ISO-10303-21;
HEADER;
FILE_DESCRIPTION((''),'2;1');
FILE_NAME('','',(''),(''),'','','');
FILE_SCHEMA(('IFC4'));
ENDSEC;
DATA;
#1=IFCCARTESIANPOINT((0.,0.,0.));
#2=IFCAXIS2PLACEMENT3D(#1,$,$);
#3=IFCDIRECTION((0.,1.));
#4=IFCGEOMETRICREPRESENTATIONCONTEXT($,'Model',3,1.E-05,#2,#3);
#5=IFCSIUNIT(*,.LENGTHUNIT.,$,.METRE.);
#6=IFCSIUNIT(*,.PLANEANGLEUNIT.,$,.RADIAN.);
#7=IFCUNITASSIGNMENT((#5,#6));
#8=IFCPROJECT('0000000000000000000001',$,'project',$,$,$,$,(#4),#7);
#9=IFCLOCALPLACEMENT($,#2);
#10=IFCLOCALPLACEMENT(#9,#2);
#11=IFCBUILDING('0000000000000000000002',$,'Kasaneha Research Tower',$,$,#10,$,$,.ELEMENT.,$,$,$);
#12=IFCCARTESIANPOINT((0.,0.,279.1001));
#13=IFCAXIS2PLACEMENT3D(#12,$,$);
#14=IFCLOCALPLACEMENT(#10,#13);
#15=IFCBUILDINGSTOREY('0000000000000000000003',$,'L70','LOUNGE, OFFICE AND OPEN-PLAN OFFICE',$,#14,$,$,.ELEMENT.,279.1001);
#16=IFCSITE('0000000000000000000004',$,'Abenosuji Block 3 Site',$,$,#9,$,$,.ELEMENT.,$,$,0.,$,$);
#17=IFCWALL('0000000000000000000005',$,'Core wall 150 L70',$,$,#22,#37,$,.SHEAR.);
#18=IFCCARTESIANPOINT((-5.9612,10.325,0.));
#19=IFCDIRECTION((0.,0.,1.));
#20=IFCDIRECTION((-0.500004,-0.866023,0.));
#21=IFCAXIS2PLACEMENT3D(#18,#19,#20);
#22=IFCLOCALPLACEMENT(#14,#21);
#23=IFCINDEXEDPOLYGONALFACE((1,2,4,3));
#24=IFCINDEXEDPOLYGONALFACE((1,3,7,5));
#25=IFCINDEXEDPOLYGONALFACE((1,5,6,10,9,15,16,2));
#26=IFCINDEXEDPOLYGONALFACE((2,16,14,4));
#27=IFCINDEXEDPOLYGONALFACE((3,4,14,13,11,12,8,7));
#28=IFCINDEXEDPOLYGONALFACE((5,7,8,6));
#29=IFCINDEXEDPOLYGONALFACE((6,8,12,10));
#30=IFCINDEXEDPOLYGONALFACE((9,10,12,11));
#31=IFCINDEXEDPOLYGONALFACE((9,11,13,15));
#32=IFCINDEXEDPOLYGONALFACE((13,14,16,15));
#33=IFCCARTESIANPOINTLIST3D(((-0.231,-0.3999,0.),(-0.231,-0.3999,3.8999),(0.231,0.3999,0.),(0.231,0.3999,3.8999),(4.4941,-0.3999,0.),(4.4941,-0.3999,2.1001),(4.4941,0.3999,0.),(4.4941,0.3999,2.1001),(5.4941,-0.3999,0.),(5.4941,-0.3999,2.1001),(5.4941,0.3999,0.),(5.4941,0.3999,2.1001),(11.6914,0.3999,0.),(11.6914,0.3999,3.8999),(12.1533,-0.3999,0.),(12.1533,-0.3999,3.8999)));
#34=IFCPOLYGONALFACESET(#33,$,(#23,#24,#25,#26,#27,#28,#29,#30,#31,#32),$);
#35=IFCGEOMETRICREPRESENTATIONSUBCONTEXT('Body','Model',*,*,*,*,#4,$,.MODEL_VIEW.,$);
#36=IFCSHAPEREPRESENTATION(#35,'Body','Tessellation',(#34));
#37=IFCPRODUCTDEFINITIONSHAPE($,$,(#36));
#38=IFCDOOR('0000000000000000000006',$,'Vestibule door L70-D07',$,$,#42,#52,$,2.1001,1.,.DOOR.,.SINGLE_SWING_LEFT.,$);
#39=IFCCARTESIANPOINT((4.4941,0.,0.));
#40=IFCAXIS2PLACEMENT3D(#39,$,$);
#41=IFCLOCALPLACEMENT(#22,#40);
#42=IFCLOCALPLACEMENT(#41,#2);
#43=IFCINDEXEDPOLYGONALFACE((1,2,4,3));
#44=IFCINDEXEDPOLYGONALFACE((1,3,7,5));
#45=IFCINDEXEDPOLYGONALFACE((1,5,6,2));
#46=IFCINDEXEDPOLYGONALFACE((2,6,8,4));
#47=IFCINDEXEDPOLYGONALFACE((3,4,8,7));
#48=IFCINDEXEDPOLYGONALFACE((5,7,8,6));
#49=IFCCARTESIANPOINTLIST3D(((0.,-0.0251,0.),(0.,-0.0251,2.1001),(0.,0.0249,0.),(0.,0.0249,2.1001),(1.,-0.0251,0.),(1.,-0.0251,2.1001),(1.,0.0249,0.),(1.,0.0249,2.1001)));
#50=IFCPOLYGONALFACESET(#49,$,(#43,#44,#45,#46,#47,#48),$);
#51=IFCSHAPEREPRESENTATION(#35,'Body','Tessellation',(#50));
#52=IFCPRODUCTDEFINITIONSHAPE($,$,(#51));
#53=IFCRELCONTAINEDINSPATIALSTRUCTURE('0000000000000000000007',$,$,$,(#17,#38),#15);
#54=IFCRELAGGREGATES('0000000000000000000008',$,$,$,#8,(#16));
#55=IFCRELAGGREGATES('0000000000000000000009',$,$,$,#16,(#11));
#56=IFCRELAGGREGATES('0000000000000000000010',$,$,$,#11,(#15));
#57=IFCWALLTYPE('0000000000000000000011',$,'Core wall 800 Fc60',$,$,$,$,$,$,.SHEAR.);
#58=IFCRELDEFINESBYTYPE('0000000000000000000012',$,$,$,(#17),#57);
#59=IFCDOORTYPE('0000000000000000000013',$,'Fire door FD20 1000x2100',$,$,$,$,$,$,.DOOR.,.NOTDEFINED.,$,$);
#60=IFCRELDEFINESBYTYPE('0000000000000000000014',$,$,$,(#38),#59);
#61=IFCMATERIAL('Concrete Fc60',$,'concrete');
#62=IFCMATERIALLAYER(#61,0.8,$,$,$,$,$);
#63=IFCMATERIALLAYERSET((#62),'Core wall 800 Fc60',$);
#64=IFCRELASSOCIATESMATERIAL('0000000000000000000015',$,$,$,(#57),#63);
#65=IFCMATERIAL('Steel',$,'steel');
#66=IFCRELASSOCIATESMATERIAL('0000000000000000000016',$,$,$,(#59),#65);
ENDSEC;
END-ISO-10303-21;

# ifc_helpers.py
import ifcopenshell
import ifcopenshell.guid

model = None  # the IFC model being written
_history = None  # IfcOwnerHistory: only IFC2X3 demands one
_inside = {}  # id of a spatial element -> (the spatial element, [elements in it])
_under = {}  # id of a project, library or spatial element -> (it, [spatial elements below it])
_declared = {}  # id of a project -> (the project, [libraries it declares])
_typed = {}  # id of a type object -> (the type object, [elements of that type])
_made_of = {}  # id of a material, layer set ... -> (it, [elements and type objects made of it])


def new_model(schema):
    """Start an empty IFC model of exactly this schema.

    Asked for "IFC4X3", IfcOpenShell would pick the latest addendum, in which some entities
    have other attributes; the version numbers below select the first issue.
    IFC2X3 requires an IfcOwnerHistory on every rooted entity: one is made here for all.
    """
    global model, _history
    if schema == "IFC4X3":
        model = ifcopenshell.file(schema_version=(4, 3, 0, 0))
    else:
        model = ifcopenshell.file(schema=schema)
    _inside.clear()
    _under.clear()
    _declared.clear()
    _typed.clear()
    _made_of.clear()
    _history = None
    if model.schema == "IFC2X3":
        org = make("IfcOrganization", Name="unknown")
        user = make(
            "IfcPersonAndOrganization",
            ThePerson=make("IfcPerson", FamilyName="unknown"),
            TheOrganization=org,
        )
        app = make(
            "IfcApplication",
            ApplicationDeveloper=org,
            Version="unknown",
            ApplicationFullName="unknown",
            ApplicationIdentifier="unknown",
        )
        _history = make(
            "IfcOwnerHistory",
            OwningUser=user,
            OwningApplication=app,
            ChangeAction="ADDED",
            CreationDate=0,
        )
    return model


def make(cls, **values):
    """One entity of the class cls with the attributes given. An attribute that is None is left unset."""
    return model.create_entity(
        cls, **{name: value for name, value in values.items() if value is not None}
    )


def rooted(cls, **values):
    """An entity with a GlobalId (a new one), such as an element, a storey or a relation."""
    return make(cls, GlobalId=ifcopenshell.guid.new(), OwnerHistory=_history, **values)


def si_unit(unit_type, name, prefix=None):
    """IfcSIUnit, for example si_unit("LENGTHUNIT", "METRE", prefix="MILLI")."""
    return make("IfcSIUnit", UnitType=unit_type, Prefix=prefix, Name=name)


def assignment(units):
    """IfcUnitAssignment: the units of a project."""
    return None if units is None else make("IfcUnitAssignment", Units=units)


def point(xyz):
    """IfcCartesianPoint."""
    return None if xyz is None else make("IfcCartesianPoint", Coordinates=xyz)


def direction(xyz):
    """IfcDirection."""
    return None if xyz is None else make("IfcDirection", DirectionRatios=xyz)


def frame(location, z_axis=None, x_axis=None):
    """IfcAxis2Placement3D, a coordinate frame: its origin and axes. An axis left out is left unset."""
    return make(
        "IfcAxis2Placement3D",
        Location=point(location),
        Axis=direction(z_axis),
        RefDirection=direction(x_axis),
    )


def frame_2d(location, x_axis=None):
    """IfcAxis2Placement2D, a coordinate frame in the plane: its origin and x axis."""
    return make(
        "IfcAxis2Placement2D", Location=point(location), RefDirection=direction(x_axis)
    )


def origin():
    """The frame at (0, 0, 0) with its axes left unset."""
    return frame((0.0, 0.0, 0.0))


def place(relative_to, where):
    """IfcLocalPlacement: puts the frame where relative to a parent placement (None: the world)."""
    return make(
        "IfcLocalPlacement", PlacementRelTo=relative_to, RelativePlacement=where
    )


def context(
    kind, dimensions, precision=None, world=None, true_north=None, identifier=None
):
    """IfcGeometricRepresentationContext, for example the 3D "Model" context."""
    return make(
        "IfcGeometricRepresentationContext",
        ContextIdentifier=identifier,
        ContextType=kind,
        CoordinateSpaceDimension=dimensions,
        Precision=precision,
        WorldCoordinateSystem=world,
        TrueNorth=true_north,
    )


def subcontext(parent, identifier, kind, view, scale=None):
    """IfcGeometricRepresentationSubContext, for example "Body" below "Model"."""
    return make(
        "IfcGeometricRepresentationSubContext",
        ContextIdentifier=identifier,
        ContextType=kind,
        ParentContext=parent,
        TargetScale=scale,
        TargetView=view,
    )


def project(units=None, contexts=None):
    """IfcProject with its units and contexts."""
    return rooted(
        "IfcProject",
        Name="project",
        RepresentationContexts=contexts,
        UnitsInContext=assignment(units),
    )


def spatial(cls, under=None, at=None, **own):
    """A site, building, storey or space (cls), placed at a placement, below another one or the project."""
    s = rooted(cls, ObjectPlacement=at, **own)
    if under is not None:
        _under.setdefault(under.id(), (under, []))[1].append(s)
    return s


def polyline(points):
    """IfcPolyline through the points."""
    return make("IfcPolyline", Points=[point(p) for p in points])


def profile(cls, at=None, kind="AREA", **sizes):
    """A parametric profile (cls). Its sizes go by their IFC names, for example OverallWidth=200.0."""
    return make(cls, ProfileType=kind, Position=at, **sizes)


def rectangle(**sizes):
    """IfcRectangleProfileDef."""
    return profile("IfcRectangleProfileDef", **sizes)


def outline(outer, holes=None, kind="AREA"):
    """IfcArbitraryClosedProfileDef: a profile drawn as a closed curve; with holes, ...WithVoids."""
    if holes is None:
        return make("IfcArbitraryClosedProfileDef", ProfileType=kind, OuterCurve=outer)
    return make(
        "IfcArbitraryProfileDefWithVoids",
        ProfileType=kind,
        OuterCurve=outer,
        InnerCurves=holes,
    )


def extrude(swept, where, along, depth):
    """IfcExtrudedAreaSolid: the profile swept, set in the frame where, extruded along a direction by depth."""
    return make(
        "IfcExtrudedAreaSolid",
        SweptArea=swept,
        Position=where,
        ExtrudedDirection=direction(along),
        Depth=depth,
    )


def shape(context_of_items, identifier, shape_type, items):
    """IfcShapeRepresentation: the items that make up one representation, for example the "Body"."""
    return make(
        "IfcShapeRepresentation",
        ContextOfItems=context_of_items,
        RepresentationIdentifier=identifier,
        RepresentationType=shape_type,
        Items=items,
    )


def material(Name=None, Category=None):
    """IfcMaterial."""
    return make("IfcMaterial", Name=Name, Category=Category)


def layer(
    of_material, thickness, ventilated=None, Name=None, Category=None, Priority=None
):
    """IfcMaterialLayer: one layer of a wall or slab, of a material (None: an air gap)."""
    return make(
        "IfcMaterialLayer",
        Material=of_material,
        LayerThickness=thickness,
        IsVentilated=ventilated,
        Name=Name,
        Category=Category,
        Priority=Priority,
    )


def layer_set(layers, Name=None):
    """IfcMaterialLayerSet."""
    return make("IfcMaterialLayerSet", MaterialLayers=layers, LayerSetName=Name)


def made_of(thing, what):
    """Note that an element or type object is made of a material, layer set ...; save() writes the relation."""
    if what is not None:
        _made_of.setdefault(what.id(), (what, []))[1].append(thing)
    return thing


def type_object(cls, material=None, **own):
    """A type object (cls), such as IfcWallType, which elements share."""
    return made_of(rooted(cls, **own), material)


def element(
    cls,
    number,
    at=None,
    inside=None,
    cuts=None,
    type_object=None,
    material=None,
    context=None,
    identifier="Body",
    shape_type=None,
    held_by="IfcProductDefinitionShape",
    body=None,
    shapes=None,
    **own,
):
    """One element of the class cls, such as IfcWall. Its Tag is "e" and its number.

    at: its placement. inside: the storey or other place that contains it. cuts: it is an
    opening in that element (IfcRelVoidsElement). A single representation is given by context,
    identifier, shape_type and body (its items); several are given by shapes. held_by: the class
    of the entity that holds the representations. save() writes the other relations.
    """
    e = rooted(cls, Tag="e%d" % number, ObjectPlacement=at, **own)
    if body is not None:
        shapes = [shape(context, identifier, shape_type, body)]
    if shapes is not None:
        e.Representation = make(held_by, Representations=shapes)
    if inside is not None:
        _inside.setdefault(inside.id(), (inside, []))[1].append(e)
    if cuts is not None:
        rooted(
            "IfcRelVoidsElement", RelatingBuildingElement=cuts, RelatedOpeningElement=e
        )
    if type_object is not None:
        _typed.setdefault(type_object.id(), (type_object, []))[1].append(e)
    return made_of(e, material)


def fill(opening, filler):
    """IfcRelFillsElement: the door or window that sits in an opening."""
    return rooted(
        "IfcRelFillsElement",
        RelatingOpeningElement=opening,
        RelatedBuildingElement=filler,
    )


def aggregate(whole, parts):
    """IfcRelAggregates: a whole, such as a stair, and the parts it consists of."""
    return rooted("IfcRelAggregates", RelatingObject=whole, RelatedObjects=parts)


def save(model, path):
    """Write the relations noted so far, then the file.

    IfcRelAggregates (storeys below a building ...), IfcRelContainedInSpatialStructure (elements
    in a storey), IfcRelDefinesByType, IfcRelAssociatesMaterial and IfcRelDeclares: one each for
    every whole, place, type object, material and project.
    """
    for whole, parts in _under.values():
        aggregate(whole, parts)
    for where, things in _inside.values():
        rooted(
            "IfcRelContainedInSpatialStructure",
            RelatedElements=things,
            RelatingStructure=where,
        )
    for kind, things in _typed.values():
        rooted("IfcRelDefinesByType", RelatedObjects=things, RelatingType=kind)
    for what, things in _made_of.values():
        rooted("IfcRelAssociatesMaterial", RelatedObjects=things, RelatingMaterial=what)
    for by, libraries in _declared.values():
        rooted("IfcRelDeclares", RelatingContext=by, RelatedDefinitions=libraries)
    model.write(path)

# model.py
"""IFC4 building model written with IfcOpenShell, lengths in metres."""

from ifc_helpers import new_model, si_unit, direction, frame, frame_2d, origin, place, context, subcontext, project, spatial, polyline, rectangle, outline, extrude, material, layer, layer_set, type_object, element, fill, save


model = new_model("IFC4")

# Units and contexts
model_context = context("Model", 3, precision=1e-05, world=origin(), true_north=direction((0.0, 1.0)))
body_context = subcontext(model_context, "Body", "Model", "MODEL_VIEW")
ifc_project = project(units=[si_unit("LENGTHUNIT", "METRE"), si_unit("PLANEANGLEUNIT", "RADIAN")], contexts=[model_context])

# Site, building, storey
site_placement = place(None, origin())
site = spatial("IfcSite", under=ifc_project, at=site_placement, Name="Abenosuji Block 3 Site", CompositionType="ELEMENT", RefElevation=0.0)
building_placement = place(site_placement, origin())
building = spatial("IfcBuilding", under=site, at=building_placement, Name="Kasaneha Research Tower", CompositionType="ELEMENT")
storey_placement = place(building_placement, frame((0.0, 0.0, 279.1001)))
storey = spatial("IfcBuildingStorey", under=building, at=storey_placement, Name="L70", Description="LOUNGE, OFFICE AND OPEN-PLAN OFFICE", CompositionType="ELEMENT", Elevation=279.1001)

# Wall, opening, door
ifc_material_1 = material(Name="Concrete Fc60", Category="concrete")
ifc_layer_1 = layer(ifc_material_1, 0.8)
ifc_layer_set_1 = layer_set([ifc_layer_1], Name="Core wall 800 Fc60")
wall_type_1 = type_object("IfcWallType", Name="Core wall 800 Fc60", PredefinedType="SHEAR", material=ifc_layer_set_1)
wall_1_placement = place(storey_placement, frame((-5.9612, 10.325, 0.0), z_axis=(0.0, 0.0, 1.0), x_axis=(-0.500004, -0.866023, 0.0)))
wall_1 = element("IfcWall", 1, at=wall_1_placement, inside=storey, type_object=wall_type_1, Name="Core wall 150 L70", PredefinedType="SHEAR", context=body_context, shape_type="SweptSolid", body=[
    extrude(outline(polyline([(-0.231, -0.3999), (4.4941, -0.3999), (5.4941, -0.3999), (12.1533, -0.3999), (11.6914, 0.3999), (5.4941, 0.3999), (4.4941, 0.3999), (0.231, 0.3999), (-0.231, -0.3999)])), origin(), (0.0, 0.0, 1.0), 3.8999),
])
opening_1_placement = place(wall_1_placement, frame((4.4941, 0.0, 0.0)))
opening_1 = element("IfcOpeningElement", 2, at=opening_1_placement, cuts=wall_1, PredefinedType="OPENING", context=body_context, shape_type="SweptSolid", body=[
    extrude(rectangle(XDim=1.0, YDim=2.1001, at=frame_2d((0.5, 1.05))), frame((0.0, 0.4102, 0.0), z_axis=(0.0, -1.0, 0.0), x_axis=(1.0, 0.0, 0.0)), (0.0, 0.0, 1.0), 0.8201),
])
ifc_material_2 = material(Name="Steel", Category="steel")
door_type_1 = type_object("IfcDoorType", Name="Fire door FD20 1000x2100", OperationType="NOTDEFINED", PredefinedType="DOOR", material=ifc_material_2)
door_1_placement = place(opening_1_placement, origin())
door_1 = element("IfcDoor", 3, at=door_1_placement, inside=storey, type_object=door_type_1, Name="Vestibule door L70-D07", OperationType="SINGLE_SWING_LEFT", OverallHeight=2.1001, OverallWidth=1.0, PredefinedType="DOOR", context=body_context, shape_type="SweptSolid", body=[
    extrude(rectangle(XDim=1.0, YDim=2.1001, at=frame_2d((0.5, 1.05))), frame((0.0, 0.0249, 0.0), z_axis=(0.0, -1.0, 0.0), x_axis=(1.0, 0.0, 0.0)), (0.0, 0.0, 1.0), 0.05),
])
fill(opening_1, door_1)

save(model, "model.ifc")
